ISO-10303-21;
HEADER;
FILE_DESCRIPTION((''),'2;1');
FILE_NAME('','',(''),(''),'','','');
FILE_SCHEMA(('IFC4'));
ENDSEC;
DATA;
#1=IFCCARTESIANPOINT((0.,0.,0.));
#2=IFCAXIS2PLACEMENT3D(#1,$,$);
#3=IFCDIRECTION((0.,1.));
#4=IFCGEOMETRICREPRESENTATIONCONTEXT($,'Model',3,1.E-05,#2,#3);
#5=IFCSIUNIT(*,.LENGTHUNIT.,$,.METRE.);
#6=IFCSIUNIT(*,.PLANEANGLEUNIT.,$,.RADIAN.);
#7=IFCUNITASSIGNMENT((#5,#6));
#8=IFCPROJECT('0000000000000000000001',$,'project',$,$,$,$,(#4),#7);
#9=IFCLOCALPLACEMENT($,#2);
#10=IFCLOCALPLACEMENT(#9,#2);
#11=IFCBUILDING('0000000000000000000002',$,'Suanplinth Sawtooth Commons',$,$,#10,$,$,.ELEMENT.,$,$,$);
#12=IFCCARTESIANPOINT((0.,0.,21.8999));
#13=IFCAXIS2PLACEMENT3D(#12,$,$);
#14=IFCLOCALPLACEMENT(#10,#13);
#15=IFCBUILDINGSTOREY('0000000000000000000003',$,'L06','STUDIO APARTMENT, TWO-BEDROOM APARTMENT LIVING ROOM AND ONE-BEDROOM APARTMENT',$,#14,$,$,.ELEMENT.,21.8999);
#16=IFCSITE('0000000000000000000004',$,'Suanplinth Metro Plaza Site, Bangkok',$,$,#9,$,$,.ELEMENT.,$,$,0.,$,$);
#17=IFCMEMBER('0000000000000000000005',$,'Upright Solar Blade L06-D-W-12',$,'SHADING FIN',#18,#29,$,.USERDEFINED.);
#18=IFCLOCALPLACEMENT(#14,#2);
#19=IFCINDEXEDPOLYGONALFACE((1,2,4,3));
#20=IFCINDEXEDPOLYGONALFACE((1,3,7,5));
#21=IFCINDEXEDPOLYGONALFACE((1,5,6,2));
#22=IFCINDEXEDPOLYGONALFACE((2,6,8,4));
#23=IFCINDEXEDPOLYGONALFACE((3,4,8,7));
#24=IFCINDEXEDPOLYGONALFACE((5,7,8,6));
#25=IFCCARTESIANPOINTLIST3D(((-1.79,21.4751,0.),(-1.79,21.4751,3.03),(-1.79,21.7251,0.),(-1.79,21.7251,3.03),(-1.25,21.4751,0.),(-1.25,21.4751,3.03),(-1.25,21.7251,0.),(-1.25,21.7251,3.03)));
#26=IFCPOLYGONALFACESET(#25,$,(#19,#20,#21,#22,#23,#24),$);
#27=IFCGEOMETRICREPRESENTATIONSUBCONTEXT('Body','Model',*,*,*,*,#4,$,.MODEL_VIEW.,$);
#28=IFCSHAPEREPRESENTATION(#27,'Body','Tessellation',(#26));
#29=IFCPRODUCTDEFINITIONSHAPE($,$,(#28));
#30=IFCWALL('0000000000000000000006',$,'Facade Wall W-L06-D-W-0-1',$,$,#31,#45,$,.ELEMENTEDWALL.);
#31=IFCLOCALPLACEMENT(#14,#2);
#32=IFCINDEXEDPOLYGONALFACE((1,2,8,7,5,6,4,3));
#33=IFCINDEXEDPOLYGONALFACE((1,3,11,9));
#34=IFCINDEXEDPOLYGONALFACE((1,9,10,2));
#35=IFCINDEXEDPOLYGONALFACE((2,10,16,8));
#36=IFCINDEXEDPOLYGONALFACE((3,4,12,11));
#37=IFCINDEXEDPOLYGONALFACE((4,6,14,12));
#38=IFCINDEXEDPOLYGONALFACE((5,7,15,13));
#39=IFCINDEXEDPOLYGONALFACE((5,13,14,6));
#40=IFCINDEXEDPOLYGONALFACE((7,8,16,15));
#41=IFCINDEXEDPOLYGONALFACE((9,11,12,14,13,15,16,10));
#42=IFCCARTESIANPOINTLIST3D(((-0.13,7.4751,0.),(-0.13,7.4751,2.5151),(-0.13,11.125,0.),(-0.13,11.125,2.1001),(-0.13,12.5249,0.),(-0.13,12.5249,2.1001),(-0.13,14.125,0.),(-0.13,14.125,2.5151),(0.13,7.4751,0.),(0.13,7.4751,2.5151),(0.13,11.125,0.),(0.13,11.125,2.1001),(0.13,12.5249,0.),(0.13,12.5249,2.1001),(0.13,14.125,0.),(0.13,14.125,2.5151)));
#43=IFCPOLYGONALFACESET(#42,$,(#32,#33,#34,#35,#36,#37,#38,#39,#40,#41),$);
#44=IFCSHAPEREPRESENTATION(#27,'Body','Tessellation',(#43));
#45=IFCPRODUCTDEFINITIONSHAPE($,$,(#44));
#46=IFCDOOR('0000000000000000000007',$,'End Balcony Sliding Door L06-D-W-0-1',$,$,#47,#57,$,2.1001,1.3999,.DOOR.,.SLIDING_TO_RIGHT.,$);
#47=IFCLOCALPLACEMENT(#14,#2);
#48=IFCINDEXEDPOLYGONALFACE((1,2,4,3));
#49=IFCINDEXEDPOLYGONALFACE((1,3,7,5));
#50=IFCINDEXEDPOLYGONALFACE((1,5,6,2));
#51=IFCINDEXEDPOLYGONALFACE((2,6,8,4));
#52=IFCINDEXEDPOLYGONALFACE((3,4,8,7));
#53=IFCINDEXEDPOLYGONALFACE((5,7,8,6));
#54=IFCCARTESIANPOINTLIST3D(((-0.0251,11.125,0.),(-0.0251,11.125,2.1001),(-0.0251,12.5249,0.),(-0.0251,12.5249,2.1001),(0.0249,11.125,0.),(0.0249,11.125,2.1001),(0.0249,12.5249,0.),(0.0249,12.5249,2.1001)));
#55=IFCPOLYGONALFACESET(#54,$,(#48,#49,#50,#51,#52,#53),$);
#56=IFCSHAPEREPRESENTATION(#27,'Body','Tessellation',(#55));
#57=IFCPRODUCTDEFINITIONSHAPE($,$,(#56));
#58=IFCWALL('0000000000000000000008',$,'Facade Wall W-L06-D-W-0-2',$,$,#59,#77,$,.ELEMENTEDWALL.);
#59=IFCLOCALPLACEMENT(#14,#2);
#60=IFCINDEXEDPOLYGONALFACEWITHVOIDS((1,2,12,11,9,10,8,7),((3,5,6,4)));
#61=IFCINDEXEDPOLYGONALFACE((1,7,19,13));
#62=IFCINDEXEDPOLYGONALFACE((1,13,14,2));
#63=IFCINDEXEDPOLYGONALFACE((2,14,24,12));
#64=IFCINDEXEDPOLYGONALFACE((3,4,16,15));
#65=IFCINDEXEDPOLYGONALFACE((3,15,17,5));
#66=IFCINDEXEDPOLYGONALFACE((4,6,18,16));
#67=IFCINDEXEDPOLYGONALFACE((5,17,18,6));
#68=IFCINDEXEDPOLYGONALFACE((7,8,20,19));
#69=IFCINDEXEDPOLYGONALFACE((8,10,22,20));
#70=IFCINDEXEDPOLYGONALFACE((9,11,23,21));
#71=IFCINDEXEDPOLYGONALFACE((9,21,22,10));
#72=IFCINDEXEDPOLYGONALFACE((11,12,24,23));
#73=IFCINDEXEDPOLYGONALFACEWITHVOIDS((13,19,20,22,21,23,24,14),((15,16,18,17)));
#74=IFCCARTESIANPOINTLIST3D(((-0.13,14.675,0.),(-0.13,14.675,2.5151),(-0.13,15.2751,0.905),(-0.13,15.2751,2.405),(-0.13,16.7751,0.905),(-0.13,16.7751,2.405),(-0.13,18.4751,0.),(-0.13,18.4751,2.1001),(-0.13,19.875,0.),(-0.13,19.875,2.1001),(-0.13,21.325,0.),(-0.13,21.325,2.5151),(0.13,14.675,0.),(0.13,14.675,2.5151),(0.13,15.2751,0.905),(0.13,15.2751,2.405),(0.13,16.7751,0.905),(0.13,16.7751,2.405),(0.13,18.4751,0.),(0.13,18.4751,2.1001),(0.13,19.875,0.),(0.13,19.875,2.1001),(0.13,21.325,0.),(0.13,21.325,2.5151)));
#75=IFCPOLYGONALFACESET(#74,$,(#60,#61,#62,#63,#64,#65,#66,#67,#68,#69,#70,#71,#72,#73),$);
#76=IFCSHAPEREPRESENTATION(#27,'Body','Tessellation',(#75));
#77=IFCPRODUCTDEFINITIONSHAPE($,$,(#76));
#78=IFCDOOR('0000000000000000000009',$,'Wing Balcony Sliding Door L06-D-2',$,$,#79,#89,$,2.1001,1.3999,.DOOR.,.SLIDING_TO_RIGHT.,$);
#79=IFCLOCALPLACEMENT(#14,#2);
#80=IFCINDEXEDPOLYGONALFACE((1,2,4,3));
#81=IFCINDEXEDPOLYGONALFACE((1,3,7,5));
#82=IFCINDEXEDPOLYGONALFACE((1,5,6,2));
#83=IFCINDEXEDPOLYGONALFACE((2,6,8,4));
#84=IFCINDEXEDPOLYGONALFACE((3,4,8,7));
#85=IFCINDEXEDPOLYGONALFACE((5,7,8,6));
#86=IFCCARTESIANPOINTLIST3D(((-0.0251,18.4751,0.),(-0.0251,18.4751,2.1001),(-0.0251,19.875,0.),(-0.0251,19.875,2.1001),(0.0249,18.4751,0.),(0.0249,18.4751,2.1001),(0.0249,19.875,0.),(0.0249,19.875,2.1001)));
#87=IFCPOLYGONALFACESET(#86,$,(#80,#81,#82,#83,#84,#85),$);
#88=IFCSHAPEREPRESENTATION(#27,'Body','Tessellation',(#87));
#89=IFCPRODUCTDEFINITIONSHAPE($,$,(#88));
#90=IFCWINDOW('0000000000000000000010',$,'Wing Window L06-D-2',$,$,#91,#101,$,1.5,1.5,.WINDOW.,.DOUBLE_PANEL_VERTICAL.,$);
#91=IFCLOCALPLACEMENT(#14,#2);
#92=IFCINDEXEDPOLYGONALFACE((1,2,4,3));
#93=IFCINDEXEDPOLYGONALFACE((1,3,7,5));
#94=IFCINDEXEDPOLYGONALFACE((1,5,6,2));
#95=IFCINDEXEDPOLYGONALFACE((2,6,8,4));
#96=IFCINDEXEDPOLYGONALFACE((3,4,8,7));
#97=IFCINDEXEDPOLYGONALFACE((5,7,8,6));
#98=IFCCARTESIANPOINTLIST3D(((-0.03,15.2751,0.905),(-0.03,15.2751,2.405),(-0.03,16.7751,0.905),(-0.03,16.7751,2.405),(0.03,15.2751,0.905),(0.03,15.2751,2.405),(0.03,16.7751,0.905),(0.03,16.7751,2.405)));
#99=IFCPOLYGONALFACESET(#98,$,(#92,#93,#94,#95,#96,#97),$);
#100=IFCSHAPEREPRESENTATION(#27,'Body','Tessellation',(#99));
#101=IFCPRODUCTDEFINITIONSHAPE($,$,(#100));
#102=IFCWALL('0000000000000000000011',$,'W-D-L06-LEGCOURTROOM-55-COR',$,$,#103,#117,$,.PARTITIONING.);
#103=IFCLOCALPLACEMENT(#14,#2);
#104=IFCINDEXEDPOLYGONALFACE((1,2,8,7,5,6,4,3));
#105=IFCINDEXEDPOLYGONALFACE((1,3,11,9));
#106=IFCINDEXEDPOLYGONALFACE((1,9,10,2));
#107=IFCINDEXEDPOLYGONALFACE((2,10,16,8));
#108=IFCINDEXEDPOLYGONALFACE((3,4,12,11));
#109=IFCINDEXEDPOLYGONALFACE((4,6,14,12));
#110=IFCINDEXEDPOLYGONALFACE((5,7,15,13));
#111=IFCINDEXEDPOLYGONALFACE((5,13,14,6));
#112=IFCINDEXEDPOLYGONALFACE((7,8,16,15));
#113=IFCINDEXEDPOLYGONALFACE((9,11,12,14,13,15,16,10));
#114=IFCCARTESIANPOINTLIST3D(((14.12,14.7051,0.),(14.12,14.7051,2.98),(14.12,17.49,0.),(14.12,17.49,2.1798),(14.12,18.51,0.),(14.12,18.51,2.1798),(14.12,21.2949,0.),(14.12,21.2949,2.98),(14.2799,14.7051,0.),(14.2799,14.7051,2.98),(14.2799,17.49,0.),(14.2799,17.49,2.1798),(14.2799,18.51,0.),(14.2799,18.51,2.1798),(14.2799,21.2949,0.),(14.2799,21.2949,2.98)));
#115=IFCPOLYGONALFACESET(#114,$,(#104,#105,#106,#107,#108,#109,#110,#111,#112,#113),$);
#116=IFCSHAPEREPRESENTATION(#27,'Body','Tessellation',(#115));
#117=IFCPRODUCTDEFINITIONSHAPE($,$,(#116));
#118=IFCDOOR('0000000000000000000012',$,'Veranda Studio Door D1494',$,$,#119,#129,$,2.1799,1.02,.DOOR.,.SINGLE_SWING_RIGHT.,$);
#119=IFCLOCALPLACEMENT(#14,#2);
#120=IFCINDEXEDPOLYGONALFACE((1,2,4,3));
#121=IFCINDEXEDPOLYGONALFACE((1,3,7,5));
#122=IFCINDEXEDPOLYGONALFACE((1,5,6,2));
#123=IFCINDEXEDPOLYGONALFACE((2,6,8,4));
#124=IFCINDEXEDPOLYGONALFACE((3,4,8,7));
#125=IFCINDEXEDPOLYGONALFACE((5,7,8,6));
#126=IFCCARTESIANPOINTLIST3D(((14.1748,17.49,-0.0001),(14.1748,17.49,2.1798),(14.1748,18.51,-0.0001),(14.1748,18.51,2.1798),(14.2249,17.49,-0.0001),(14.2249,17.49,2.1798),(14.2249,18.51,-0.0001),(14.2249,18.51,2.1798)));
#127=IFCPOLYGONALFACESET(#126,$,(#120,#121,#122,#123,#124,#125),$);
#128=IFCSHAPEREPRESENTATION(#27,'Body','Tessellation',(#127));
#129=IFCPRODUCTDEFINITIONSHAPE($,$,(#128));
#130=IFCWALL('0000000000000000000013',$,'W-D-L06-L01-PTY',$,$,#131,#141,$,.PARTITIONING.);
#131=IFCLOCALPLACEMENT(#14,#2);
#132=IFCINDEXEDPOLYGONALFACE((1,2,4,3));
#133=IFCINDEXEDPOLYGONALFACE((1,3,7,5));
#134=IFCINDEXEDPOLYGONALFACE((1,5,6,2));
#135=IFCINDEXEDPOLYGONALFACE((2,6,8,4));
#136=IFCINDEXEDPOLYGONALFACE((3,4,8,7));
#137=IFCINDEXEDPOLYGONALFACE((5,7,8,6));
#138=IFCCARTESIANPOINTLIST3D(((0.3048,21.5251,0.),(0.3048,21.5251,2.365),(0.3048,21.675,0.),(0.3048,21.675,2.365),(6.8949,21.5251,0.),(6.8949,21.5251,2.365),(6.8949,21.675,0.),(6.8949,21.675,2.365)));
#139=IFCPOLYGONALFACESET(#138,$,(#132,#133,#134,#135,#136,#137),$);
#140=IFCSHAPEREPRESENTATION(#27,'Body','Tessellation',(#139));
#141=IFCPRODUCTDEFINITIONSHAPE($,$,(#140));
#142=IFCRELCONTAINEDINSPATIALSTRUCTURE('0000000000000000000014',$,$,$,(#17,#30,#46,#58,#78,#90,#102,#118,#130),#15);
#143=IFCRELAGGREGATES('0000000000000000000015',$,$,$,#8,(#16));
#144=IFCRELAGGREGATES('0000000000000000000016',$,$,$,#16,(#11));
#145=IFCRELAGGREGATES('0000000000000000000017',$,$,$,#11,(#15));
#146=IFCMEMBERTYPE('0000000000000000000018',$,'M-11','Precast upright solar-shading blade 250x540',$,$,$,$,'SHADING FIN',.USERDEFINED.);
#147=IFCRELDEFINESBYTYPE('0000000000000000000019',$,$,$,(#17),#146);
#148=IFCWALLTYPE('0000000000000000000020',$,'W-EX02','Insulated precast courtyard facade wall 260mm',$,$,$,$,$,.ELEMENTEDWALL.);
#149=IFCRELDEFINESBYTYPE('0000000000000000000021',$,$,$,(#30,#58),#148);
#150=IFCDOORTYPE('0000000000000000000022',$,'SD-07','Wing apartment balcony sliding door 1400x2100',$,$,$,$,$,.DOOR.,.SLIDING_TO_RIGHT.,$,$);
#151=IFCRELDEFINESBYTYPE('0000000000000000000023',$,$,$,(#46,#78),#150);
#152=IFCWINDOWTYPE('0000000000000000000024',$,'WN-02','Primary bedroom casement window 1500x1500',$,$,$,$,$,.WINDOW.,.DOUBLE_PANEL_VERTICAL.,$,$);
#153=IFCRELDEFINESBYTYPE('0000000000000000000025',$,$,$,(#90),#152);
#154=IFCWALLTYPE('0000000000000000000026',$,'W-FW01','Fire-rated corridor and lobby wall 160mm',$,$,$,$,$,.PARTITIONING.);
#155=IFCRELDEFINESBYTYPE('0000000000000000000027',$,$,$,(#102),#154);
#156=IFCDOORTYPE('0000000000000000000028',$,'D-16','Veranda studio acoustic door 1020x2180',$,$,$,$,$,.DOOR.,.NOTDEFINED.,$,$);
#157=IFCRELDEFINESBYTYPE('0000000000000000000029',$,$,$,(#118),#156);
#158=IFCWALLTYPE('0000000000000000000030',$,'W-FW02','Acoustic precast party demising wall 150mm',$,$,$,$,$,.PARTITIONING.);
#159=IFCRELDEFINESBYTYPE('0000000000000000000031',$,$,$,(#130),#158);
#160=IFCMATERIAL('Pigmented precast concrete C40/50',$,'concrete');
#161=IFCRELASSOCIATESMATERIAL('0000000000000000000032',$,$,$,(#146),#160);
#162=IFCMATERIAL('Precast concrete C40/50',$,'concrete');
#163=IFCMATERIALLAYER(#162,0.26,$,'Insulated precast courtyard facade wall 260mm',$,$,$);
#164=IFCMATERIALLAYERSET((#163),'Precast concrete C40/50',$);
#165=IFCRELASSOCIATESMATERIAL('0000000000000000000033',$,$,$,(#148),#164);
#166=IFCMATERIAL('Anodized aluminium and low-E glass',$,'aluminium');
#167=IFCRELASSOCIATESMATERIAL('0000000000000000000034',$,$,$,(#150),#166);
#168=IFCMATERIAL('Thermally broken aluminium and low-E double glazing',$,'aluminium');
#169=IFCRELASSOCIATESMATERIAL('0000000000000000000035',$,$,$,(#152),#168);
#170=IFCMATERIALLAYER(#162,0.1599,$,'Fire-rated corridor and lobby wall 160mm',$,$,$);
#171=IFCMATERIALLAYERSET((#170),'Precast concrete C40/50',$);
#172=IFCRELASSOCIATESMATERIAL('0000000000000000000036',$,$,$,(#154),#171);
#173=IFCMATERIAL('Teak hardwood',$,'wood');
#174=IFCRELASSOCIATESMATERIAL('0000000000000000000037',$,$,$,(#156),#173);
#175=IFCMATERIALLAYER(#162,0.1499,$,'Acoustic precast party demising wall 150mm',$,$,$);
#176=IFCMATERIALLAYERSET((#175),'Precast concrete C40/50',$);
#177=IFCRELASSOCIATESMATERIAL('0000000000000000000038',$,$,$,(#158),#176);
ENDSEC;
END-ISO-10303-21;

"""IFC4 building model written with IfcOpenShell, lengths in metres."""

from ifc_helpers import new_model, si_unit, direction, frame, frame_2d, origin, origin_2d, place, context, subcontext, project, spatial, rectangle, extrude, material, layer, layer_set, material_profile, profile_set, type_object, element, fill, save


model = new_model("IFC4")

# Units and contexts
model_context = context("Model", 3, precision=1e-05, world=origin(), true_north=direction((0.0, 1.0)))
body_context = subcontext(model_context, "Body", "Model", "MODEL_VIEW")
ifc_project = project(units=[si_unit("LENGTHUNIT", "METRE"), si_unit("PLANEANGLEUNIT", "RADIAN")], contexts=[model_context])

# Site, building, storey
site_placement = place(None, origin())
site = spatial("IfcSite", under=ifc_project, at=site_placement, Name="Suanplinth Metro Plaza Site, Bangkok", CompositionType="ELEMENT", RefElevation=0.0)
building_placement = place(site_placement, origin())
building = spatial("IfcBuilding", under=site, at=building_placement, Name="Suanplinth Sawtooth Commons", CompositionType="ELEMENT")
storey_placement = place(building_placement, frame((0.0, 0.0, 21.8999)))
storey = spatial("IfcBuildingStorey", under=building, at=storey_placement, Name="L06", Description="STUDIO APARTMENT, TWO-BEDROOM APARTMENT LIVING ROOM AND ONE-BEDROOM APARTMENT", CompositionType="ELEMENT", Elevation=21.8999)

# Shared definitions
ifc_material_1 = material(Name="Precast concrete C40/50", Category="concrete")

# Member
ifc_material_2 = material(Name="Pigmented precast concrete C40/50", Category="concrete")
ifc_material_profile_1 = material_profile(ifc_material_2, rectangle(XDim=0.25, YDim=0.54, at=origin_2d()), Name="PC-FIN 250x540")
ifc_profile_set_1 = profile_set([ifc_material_profile_1], Name="Pigmented precast concrete C40/50")
member_type = type_object("IfcMemberType", Name="M-11", Description="Precast upright solar-shading blade 250x540", ElementType="SHADING FIN", PredefinedType="USERDEFINED", material=ifc_profile_set_1)
for number, where, z_axis, x_axis, name in (
    (1, (-1.52, 21.6001, 0.0), (0.0, 0.0, 1.0), (0.0, 1.0, 0.0), "Upright Solar Blade L06-D-W-12"),
):
    element("IfcMember", number, at=place(storey_placement, frame(where, z_axis=z_axis, x_axis=x_axis)), inside=storey, type_object=member_type, Name=name, ObjectType="SHADING FIN", PredefinedType="USERDEFINED", context=body_context, shape_type="SweptSolid", body=[
        extrude(rectangle(XDim=0.25, YDim=0.54, at=origin_2d()), origin(), (0.0, 0.0, 1.0), 3.03),
    ])

# Wall, opening, door
ifc_layer_1 = layer(ifc_material_1, 0.26, Name="Insulated precast courtyard facade wall 260mm")
ifc_layer_set_1 = layer_set([ifc_layer_1], Name="Precast concrete C40/50")
wall_type_1 = type_object("IfcWallType", Name="W-EX02", Description="Insulated precast courtyard facade wall 260mm", PredefinedType="ELEMENTEDWALL", material=ifc_layer_set_1)
wall_1_placement = place(storey_placement, frame((0.0, 7.4751, 0.0), z_axis=(0.0, 0.0, 1.0), x_axis=(0.0, 1.0, 0.0)))
wall_1 = element("IfcWall", 2, at=wall_1_placement, inside=storey, type_object=wall_type_1, Name="Facade Wall W-L06-D-W-0-1", PredefinedType="ELEMENTEDWALL", context=body_context, shape_type="SweptSolid", body=[
    extrude(rectangle(XDim=6.6499, YDim=0.26, at=frame_2d((3.325, 0.0))), origin(), (0.0, 0.0, 1.0), 2.5151),
])
opening_1_placement = place(wall_1_placement, frame((3.6499, 0.0, 0.0)))
opening_1 = element("IfcOpeningElement", 3, at=opening_1_placement, cuts=wall_1, PredefinedType="OPENING", context=body_context, shape_type="SweptSolid", body=[
    extrude(rectangle(XDim=1.3999, YDim=2.1001, at=frame_2d((0.7, 1.05))), frame((0.0, 0.145, 0.0), z_axis=(0.0, -1.0, 0.0), x_axis=(1.0, 0.0, 0.0)), (0.0, 0.0, 1.0), 0.2898),
])
ifc_material_3 = material(Name="Anodized aluminium and low-E glass", Category="aluminium")
door_type_1 = type_object("IfcDoorType", Name="SD-07", Description="Wing apartment balcony sliding door 1400x2100", OperationType="SLIDING_TO_RIGHT", PredefinedType="DOOR", material=ifc_material_3)
door_1_placement = place(opening_1_placement, frame((1.3999, 0.0, 0.0), z_axis=(0.0, 0.0, 1.0), x_axis=(-1.0, 0.0, 0.0)))
door_1 = element("IfcDoor", 4, at=door_1_placement, inside=storey, type_object=door_type_1, Name="End Balcony Sliding Door L06-D-W-0-1", OperationType="SLIDING_TO_RIGHT", OverallHeight=2.1001, OverallWidth=1.3999, PredefinedType="DOOR", context=body_context, shape_type="SweptSolid", body=[
    extrude(rectangle(XDim=1.3999, YDim=2.1001, at=frame_2d((0.7, 1.05))), frame((0.0, 0.0249, 0.0), z_axis=(0.0, -1.0, 0.0), x_axis=(1.0, 0.0, 0.0)), (0.0, 0.0, 1.0), 0.05),
])
fill(opening_1, door_1)

# Wall, openings, door, window
wall_2_placement = place(storey_placement, frame((0.0, 14.675, 0.0), z_axis=(0.0, 0.0, 1.0), x_axis=(0.0, 1.0, 0.0)))
wall_2 = element("IfcWall", 5, at=wall_2_placement, inside=storey, type_object=wall_type_1, Name="Facade Wall W-L06-D-W-0-2", PredefinedType="ELEMENTEDWALL", context=body_context, shape_type="SweptSolid", body=[
    extrude(rectangle(XDim=6.6499, YDim=0.26, at=frame_2d((3.325, 0.0))), origin(), (0.0, 0.0, 1.0), 2.5151),
])
opening_2_placement = place(wall_2_placement, frame((3.8, 0.0, 0.0)))
opening_2 = element("IfcOpeningElement", 6, at=opening_2_placement, cuts=wall_2, PredefinedType="OPENING", context=body_context, shape_type="SweptSolid", body=[
    extrude(rectangle(XDim=1.3999, YDim=2.1001, at=frame_2d((0.7, 1.05))), frame((0.0, 0.145, 0.0), z_axis=(0.0, -1.0, 0.0), x_axis=(1.0, 0.0, 0.0)), (0.0, 0.0, 1.0), 0.2898),
])
opening_3_placement = place(wall_2_placement, frame((0.6001, 0.0, 0.905)))
opening_3 = element("IfcOpeningElement", 7, at=opening_3_placement, cuts=wall_2, PredefinedType="OPENING", context=body_context, shape_type="SweptSolid", body=[
    extrude(rectangle(XDim=1.5, YDim=1.5, at=frame_2d((0.75, 0.75))), frame((0.0, 0.145, 0.0), z_axis=(0.0, -1.0, 0.0), x_axis=(1.0, 0.0, 0.0)), (0.0, 0.0, 1.0), 0.2898),
])
door_2_placement = place(opening_2_placement, frame((1.3999, 0.0, 0.0), z_axis=(0.0, 0.0, 1.0), x_axis=(-1.0, 0.0, 0.0)))
door_2 = element("IfcDoor", 8, at=door_2_placement, inside=storey, type_object=door_type_1, Name="Wing Balcony Sliding Door L06-D-2", OperationType="SLIDING_TO_RIGHT", OverallHeight=2.1001, OverallWidth=1.3999, PredefinedType="DOOR", context=body_context, shape_type="SweptSolid", body=[
    extrude(rectangle(XDim=1.3999, YDim=2.1001, at=frame_2d((0.7, 1.05))), frame((0.0, 0.0249, 0.0), z_axis=(0.0, -1.0, 0.0), x_axis=(1.0, 0.0, 0.0)), (0.0, 0.0, 1.0), 0.05),
])
fill(opening_2, door_2)
ifc_material_4 = material(Name="Thermally broken aluminium and low-E double glazing", Category="aluminium")
window_type = type_object("IfcWindowType", Name="WN-02", Description="Primary bedroom casement window 1500x1500", PartitioningType="DOUBLE_PANEL_VERTICAL", PredefinedType="WINDOW", material=ifc_material_4)
window_placement = place(opening_3_placement, origin())
window = element("IfcWindow", 9, at=window_placement, inside=storey, type_object=window_type, Name="Wing Window L06-D-2", OverallHeight=1.5, OverallWidth=1.5, PartitioningType="DOUBLE_PANEL_VERTICAL", PredefinedType="WINDOW", context=body_context, shape_type="SweptSolid", body=[
    extrude(rectangle(XDim=1.5, YDim=1.5, at=frame_2d((0.75, 0.75))), frame((0.0, 0.03, 0.0), z_axis=(0.0, -1.0, 0.0), x_axis=(1.0, 0.0, 0.0)), (0.0, 0.0, 1.0), 0.0601),
])
fill(opening_3, window)

# Wall, opening, door
ifc_layer_2 = layer(ifc_material_1, 0.1599, Name="Fire-rated corridor and lobby wall 160mm")
ifc_layer_set_2 = layer_set([ifc_layer_2], Name="Precast concrete C40/50")
wall_type_2 = type_object("IfcWallType", Name="W-FW01", Description="Fire-rated corridor and lobby wall 160mm", PredefinedType="PARTITIONING", material=ifc_layer_set_2)
wall_3_placement = place(storey_placement, frame((14.2, 14.7051, 0.0), z_axis=(0.0, 0.0, 1.0), x_axis=(0.0, 1.0, 0.0)))
wall_3 = element("IfcWall", 10, at=wall_3_placement, inside=storey, type_object=wall_type_2, Name="W-D-L06-LEGCOURTROOM-55-COR", PredefinedType="PARTITIONING", context=body_context, shape_type="SweptSolid", body=[
    extrude(rectangle(XDim=6.5898, YDim=0.1599, at=frame_2d((3.2949, 0.0))), origin(), (0.0, 0.0, 1.0), 2.98),
])
opening_4_placement = place(wall_3_placement, frame((2.7849, 0.0, 0.0)))
opening_4 = element("IfcOpeningElement", 11, at=opening_4_placement, cuts=wall_3, PredefinedType="OPENING", context=body_context, shape_type="SweptSolid", body=[
    extrude(rectangle(XDim=1.02, YDim=2.1799, at=frame_2d((0.51, 1.0898))), frame((0.0, 0.0947, 0.0), z_axis=(0.0, -1.0, 0.0), x_axis=(1.0, 0.0, 0.0)), (0.0, 0.0, 1.0), 0.1897),
])
ifc_material_5 = material(Name="Teak hardwood", Category="wood")
door_type_2 = type_object("IfcDoorType", Name="D-16", Description="Veranda studio acoustic door 1020x2180", OperationType="NOTDEFINED", PredefinedType="DOOR", material=ifc_material_5)
door_3_placement = place(opening_4_placement, frame((1.02, 0.0, 0.0), z_axis=(0.0, 0.0, 1.0), x_axis=(-1.0, 0.0, 0.0)))
door_3 = element("IfcDoor", 12, at=door_3_placement, inside=storey, type_object=door_type_2, Name="Veranda Studio Door D1494", OperationType="SINGLE_SWING_RIGHT", OverallHeight=2.1799, OverallWidth=1.02, PredefinedType="DOOR", context=body_context, shape_type="SweptSolid", body=[
    extrude(rectangle(XDim=1.02, YDim=2.1799, at=frame_2d((0.51, 1.0898))), frame((0.0, 0.0249, 0.0), z_axis=(0.0, -1.0, 0.0), x_axis=(1.0, 0.0, 0.0)), (0.0, 0.0, 1.0), 0.05),
])
fill(opening_4, door_3)

# Wall
ifc_layer_3 = layer(ifc_material_1, 0.1499, Name="Acoustic precast party demising wall 150mm")
ifc_layer_set_3 = layer_set([ifc_layer_3], Name="Precast concrete C40/50")
wall_type_3 = type_object("IfcWallType", Name="W-FW02", Description="Acoustic precast party demising wall 150mm", PredefinedType="PARTITIONING", material=ifc_layer_set_3)
wall_4_placement = place(storey_placement, frame((0.3049, 21.6001, 0.0), z_axis=(0.0, 0.0, 1.0), x_axis=(1.0, 0.0, 0.0)))
element("IfcWall", 13, at=wall_4_placement, inside=storey, type_object=wall_type_3, Name="W-D-L06-L01-PTY", PredefinedType="PARTITIONING", context=body_context, shape_type="SweptSolid", body=[
    extrude(rectangle(XDim=6.5901, YDim=0.1499, at=frame_2d((3.2949, 0.0))), origin(), (0.0, 0.0, 1.0), 2.365),
])

save(model, "model.ifc")
